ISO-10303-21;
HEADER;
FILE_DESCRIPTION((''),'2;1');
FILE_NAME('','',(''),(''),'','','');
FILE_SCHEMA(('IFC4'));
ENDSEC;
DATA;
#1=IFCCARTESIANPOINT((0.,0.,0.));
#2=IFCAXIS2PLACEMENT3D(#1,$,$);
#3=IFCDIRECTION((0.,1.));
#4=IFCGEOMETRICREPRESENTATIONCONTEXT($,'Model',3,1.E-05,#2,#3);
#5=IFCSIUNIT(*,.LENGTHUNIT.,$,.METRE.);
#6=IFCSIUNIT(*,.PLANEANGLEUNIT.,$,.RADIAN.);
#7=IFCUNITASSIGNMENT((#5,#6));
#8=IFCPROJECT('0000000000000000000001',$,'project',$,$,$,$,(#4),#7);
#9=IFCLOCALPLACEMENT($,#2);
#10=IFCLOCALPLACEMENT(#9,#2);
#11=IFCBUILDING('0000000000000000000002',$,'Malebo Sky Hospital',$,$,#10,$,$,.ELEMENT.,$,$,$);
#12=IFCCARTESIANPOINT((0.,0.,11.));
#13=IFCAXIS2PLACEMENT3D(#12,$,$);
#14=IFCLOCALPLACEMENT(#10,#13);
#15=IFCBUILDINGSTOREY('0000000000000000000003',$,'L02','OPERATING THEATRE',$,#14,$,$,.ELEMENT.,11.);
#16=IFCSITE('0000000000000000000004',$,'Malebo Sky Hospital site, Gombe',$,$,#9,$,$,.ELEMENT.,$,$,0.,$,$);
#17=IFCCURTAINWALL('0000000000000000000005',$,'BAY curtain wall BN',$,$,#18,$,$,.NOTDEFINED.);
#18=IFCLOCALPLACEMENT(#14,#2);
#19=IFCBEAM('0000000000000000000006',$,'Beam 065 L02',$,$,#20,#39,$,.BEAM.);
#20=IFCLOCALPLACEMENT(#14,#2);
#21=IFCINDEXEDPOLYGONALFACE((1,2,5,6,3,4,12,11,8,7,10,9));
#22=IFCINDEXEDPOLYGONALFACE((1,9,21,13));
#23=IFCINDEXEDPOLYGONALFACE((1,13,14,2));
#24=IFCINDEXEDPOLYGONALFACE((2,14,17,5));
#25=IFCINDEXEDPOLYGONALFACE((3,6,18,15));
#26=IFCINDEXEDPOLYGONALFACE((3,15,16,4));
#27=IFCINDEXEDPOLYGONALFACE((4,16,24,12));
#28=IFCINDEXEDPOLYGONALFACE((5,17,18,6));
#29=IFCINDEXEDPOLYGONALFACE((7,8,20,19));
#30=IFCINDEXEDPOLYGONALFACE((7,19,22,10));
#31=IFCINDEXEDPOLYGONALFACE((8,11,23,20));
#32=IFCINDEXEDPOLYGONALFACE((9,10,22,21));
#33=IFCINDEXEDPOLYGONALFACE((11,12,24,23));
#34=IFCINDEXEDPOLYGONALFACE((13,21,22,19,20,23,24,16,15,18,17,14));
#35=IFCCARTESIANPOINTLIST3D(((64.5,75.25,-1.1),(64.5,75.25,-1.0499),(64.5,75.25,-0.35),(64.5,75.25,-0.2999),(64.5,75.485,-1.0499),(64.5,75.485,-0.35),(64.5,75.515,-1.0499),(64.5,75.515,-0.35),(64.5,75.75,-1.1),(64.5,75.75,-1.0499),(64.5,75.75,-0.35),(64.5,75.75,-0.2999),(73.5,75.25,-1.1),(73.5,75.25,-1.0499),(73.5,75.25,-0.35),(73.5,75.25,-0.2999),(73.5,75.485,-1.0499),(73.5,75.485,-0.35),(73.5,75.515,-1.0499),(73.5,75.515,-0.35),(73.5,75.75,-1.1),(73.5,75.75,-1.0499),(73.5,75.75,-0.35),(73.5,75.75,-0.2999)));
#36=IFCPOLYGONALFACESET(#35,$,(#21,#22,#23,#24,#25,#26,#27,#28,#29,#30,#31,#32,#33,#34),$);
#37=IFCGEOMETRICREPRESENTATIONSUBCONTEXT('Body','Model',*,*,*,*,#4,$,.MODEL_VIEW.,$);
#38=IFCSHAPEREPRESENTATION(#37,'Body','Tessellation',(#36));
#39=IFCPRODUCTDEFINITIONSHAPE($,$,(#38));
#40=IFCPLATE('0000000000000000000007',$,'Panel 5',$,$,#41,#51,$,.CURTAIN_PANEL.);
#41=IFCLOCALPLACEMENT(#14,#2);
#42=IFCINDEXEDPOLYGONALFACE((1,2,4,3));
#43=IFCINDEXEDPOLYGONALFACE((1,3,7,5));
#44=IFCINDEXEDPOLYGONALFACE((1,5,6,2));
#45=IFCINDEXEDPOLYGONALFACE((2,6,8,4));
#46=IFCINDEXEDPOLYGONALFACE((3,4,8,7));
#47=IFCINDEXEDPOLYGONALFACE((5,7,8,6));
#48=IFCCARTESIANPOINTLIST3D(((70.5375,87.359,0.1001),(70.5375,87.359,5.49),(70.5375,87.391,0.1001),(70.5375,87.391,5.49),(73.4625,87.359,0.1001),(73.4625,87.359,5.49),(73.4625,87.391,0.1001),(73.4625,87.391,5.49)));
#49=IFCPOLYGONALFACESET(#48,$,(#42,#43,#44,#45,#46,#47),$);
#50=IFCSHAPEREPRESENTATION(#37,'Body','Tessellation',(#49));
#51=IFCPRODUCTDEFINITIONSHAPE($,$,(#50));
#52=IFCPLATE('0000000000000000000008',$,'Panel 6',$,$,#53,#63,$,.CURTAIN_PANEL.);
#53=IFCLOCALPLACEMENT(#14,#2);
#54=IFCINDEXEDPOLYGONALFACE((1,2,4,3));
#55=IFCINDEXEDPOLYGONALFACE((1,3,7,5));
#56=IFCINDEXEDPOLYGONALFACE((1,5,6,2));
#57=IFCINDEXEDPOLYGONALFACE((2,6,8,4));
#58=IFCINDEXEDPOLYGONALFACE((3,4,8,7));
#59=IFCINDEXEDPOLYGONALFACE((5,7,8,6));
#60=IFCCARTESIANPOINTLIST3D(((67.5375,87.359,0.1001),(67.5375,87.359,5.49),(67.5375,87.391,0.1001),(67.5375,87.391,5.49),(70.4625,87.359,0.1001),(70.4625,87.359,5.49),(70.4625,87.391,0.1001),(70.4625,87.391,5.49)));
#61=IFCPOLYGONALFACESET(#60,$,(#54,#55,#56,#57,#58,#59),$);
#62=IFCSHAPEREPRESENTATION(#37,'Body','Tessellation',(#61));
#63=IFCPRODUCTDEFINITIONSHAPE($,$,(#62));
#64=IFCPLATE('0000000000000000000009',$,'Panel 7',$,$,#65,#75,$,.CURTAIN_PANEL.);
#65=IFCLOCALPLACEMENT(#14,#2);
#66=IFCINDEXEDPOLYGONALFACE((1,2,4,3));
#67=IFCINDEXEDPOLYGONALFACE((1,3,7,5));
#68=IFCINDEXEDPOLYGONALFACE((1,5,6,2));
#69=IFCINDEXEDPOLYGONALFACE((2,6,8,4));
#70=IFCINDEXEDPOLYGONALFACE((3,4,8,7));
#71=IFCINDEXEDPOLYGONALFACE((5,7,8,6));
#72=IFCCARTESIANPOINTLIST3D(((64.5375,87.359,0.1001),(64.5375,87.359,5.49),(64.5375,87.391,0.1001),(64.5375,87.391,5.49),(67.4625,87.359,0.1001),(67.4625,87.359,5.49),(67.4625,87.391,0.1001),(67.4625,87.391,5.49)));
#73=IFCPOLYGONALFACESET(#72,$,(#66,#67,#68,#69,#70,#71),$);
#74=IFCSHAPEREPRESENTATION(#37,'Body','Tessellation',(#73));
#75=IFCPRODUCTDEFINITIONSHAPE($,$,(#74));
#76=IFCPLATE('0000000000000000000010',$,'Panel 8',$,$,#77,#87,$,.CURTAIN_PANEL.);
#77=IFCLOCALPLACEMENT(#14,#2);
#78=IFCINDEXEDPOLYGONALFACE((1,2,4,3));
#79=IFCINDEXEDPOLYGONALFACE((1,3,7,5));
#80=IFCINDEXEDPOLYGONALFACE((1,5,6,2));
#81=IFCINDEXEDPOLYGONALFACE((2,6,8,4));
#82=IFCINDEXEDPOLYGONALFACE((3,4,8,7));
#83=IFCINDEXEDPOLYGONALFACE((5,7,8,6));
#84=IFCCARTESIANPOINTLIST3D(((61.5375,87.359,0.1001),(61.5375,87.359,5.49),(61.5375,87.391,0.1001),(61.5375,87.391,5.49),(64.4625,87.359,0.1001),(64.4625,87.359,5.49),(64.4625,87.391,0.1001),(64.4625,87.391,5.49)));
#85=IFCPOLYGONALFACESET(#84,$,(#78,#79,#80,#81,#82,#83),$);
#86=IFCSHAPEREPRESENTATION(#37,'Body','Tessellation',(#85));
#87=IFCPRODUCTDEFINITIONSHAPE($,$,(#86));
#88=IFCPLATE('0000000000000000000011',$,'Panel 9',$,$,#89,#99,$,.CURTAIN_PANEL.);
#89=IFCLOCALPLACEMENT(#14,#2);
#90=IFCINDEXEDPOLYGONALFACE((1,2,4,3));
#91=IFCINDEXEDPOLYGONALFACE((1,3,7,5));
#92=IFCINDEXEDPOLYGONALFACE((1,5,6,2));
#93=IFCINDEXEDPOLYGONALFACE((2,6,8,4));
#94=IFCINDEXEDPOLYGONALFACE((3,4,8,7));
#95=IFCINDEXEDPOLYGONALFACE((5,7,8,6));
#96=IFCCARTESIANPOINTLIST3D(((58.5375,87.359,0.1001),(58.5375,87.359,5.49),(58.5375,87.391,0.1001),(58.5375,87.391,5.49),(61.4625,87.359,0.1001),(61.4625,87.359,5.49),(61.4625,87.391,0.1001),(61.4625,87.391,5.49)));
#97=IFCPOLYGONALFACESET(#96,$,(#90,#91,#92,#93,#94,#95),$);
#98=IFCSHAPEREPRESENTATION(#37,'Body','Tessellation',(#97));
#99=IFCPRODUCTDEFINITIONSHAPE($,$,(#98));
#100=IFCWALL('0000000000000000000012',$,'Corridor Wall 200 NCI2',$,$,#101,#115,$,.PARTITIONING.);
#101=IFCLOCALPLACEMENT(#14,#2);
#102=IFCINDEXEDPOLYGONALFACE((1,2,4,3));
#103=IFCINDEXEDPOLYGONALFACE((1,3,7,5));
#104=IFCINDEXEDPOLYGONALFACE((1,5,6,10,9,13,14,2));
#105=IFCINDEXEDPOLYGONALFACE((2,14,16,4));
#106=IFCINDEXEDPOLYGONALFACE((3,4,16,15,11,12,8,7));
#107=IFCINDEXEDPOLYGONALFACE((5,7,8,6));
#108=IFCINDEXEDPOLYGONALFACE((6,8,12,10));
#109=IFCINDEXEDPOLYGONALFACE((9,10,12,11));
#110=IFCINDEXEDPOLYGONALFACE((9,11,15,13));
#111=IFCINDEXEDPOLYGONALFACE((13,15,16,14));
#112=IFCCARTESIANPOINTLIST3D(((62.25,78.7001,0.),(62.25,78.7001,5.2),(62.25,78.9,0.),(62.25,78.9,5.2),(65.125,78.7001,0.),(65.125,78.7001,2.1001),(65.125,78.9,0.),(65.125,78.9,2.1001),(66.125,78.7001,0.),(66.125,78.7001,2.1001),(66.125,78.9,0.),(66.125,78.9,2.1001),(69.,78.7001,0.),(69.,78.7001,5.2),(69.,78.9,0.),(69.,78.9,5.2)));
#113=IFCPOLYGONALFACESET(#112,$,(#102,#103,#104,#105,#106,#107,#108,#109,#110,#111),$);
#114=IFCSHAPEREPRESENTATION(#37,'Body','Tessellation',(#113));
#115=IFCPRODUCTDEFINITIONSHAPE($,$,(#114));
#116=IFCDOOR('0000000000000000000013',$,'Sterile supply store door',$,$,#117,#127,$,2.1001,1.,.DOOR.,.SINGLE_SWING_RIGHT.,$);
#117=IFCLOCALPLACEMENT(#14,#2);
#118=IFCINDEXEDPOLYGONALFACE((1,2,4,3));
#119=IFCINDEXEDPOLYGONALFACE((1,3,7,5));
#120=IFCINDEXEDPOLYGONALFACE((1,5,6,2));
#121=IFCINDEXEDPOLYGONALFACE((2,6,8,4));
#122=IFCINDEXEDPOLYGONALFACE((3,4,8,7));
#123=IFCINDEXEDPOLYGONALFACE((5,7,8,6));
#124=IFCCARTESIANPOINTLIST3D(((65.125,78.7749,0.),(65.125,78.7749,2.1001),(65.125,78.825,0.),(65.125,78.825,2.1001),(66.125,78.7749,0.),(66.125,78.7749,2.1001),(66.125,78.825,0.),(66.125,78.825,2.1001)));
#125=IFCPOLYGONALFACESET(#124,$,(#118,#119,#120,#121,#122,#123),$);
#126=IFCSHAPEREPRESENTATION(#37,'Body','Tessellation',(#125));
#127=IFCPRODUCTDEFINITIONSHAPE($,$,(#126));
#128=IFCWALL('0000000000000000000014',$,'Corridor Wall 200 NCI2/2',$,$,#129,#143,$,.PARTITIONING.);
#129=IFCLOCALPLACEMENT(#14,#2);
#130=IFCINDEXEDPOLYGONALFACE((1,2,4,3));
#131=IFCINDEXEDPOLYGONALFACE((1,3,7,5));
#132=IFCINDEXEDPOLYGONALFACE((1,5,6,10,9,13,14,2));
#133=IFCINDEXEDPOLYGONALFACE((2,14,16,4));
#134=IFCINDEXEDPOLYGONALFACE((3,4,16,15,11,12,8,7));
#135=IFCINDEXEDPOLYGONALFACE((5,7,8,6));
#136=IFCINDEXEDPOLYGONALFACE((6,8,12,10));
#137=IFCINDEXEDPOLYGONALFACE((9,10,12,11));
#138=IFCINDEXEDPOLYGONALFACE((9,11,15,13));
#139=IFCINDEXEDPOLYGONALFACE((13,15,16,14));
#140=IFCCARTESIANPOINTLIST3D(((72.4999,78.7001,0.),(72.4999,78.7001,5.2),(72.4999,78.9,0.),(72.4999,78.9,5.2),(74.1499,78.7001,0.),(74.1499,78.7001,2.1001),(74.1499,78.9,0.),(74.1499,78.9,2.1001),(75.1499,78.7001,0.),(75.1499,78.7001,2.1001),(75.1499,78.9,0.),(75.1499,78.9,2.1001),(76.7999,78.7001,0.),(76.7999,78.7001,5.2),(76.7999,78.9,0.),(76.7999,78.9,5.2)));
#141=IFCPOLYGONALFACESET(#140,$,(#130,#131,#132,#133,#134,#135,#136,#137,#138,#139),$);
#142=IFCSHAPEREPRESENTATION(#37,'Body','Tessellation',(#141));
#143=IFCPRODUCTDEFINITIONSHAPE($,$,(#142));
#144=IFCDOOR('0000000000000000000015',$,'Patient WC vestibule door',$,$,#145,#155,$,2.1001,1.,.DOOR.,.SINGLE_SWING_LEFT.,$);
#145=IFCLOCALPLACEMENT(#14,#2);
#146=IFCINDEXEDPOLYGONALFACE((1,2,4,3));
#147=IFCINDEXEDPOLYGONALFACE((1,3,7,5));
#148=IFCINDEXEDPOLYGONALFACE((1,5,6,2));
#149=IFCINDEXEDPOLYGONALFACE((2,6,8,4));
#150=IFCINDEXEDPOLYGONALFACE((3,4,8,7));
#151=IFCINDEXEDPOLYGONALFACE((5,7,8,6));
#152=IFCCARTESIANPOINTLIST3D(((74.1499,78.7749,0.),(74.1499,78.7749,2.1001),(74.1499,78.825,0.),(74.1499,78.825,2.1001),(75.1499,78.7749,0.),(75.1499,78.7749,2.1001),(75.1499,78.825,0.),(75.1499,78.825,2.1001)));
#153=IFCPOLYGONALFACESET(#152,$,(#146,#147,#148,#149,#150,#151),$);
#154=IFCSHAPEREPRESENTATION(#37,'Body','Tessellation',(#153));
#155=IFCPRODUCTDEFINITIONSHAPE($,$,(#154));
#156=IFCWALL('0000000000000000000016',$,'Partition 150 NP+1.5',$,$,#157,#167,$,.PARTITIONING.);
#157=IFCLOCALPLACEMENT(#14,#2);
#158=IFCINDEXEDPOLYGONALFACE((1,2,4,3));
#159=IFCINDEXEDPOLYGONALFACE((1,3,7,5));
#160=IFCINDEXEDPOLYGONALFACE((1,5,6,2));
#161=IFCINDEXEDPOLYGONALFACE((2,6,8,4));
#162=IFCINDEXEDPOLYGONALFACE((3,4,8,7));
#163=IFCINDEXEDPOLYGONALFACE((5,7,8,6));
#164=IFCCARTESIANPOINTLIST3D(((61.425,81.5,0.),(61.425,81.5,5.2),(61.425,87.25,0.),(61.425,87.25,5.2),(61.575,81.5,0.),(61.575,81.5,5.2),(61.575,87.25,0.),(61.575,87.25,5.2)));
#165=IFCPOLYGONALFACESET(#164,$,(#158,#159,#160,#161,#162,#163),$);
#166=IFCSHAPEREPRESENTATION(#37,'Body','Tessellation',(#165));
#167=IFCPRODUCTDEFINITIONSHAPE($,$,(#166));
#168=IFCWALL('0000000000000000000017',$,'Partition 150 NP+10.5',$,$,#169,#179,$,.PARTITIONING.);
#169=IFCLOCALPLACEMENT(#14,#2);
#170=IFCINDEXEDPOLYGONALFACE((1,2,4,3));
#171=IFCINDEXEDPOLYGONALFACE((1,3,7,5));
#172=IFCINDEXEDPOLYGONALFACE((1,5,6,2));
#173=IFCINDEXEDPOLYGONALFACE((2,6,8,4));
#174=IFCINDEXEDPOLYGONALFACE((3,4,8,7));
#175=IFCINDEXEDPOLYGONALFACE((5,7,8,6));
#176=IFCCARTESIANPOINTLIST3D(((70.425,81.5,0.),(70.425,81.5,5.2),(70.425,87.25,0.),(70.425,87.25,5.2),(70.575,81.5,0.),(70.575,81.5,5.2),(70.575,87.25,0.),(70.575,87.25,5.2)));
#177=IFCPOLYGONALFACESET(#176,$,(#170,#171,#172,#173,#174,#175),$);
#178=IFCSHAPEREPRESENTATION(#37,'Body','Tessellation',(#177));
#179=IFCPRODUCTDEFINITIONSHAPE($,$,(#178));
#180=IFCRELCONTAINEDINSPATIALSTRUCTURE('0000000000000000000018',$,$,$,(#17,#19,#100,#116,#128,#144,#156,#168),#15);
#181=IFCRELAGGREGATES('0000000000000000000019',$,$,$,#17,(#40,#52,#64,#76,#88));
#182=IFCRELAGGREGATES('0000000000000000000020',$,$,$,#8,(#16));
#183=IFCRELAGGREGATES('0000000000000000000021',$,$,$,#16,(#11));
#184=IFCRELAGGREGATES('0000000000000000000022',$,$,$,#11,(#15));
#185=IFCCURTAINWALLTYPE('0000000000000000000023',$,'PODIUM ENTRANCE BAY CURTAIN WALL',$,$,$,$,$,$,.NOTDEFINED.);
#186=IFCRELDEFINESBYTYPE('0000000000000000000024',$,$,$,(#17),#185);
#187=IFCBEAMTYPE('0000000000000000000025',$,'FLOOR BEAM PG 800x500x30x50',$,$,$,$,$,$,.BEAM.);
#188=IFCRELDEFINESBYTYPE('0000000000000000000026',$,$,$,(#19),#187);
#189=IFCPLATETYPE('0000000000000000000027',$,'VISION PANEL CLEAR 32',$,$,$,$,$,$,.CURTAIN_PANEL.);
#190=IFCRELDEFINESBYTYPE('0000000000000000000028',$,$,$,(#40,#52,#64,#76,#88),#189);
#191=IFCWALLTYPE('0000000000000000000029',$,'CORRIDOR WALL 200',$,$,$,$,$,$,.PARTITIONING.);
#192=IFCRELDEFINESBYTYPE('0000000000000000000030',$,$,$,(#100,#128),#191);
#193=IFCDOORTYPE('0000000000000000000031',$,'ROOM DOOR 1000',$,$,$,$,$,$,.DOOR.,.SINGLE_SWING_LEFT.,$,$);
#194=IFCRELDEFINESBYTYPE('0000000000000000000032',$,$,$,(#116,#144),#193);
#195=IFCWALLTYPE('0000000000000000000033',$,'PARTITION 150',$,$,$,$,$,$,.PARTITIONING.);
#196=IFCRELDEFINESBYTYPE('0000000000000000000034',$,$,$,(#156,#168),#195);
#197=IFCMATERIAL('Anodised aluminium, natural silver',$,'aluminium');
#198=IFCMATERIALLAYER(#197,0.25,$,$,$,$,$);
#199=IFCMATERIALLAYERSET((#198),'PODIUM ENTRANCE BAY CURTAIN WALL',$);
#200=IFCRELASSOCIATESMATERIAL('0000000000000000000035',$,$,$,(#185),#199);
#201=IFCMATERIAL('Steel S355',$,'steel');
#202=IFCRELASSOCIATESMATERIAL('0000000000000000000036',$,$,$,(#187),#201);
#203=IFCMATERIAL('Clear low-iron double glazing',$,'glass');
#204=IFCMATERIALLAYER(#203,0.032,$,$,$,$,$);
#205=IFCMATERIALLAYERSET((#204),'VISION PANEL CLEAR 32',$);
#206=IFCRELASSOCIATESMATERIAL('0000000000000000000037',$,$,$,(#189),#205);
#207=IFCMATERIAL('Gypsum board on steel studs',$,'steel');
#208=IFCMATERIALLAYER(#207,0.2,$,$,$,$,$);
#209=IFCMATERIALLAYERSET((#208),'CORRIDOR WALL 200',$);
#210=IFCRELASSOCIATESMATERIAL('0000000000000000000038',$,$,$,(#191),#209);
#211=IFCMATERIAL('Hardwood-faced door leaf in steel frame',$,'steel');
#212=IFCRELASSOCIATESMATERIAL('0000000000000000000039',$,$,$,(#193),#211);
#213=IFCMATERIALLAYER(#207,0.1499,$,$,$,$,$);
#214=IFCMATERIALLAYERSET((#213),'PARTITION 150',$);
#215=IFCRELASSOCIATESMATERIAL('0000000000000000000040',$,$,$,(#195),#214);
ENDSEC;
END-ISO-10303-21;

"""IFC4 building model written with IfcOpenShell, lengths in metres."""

from ifc_helpers import new_model, si_unit, direction, frame, frame_2d, origin, origin_2d, place, context, subcontext, project, spatial, rectangle, i_section, extrude, material, layer, layer_set, material_profile, profile_set, type_object, element, fill, aggregate, save


model = new_model("IFC4")

# Units and contexts
model_context = context("Model", 3, precision=1e-05, world=origin(), true_north=direction((0.0, 1.0)))
body_context = subcontext(model_context, "Body", "Model", "MODEL_VIEW")
ifc_project = project(units=[si_unit("LENGTHUNIT", "METRE"), si_unit("PLANEANGLEUNIT", "RADIAN")], contexts=[model_context])

# Site, building, storey
site_placement = place(None, origin())
site = spatial("IfcSite", under=ifc_project, at=site_placement, Name="Malebo Sky Hospital site, Gombe", CompositionType="ELEMENT", RefElevation=0.0)
building_placement = place(site_placement, origin())
building = spatial("IfcBuilding", under=site, at=building_placement, Name="Malebo Sky Hospital", CompositionType="ELEMENT")
storey_placement = place(building_placement, frame((0.0, 0.0, 11.0)))
storey = spatial("IfcBuildingStorey", under=building, at=storey_placement, Name="L02", Description="OPERATING THEATRE", CompositionType="ELEMENT", Elevation=11.0)

# Curtain wall
ifc_material_1 = material(Name="Anodised aluminium, natural silver", Category="aluminium")
ifc_layer_1 = layer(ifc_material_1, 0.25)
ifc_layer_set_1 = layer_set([ifc_layer_1], Name="PODIUM ENTRANCE BAY CURTAIN WALL")
curtain_wall_type = type_object("IfcCurtainWallType", Name="PODIUM ENTRANCE BAY CURTAIN WALL", PredefinedType="NOTDEFINED", material=ifc_layer_set_1)
curtain_wall_placement = place(storey_placement, origin())
curtain_wall = element("IfcCurtainWall", 1, at=curtain_wall_placement, inside=storey, type_object=curtain_wall_type, Name="BAY curtain wall BN", PredefinedType="NOTDEFINED")

# Beam
ifc_material_2 = material(Name="Steel S355", Category="steel")
ifc_material_profile_1 = material_profile(ifc_material_2, i_section(OverallWidth=0.5, OverallDepth=0.8, WebThickness=0.03, FlangeThickness=0.05, at=origin_2d()), Name="PG 800x500x30x50")
ifc_profile_set_1 = profile_set([ifc_material_profile_1], Name="Steel S355")
beam_type_1 = type_object("IfcBeamType", Name="FLOOR BEAM PG 800x500x30x50", PredefinedType="BEAM", material=ifc_profile_set_1)
beam_1_placement = place(storey_placement, frame((64.5, 75.5, -0.7), z_axis=(1.0, 0.0, 0.0), x_axis=(0.0, 1.0, 0.0)))
element("IfcBeam", 2, at=beam_1_placement, inside=storey, type_object=beam_type_1, Name="Beam 065 L02", PredefinedType="BEAM", context=body_context, shape_type="SweptSolid", body=[
    extrude(i_section(OverallWidth=0.5, OverallDepth=0.8, WebThickness=0.03, FlangeThickness=0.05, at=origin_2d()), origin(), (0.0, 0.0, 1.0), 9.0),
])

# Plates
ifc_material_3 = material(Name="Clear low-iron double glazing", Category="glass")
ifc_layer_2 = layer(ifc_material_3, 0.032)
ifc_layer_set_2 = layer_set([ifc_layer_2], Name="VISION PANEL CLEAR 32")
plate_type = type_object("IfcPlateType", Name="VISION PANEL CLEAR 32", PredefinedType="CURTAIN_PANEL", material=ifc_layer_set_2)
plate_1_placement = place(storey_placement, frame((72.0, 87.375, 0.1001), z_axis=(0.0, 0.0, 1.0), x_axis=(-1.0, 0.0, 0.0)))
plate_1 = element("IfcPlate", 3, at=plate_1_placement, type_object=plate_type, Name="Panel 5", PredefinedType="CURTAIN_PANEL", context=body_context, shape_type="SweptSolid", body=[
    extrude(rectangle(XDim=2.925, YDim=0.032, at=origin_2d()), origin(), (0.0, 0.0, 1.0), 5.3899),
])
plate_2_placement = place(storey_placement, frame((69.0, 87.375, 0.1001), z_axis=(0.0, 0.0, 1.0), x_axis=(-1.0, 0.0, 0.0)))
plate_2 = element("IfcPlate", 4, at=plate_2_placement, type_object=plate_type, Name="Panel 6", PredefinedType="CURTAIN_PANEL", context=body_context, shape_type="SweptSolid", body=[
    extrude(rectangle(XDim=2.925, YDim=0.032, at=origin_2d()), origin(), (0.0, 0.0, 1.0), 5.3899),
])
plate_3_placement = place(storey_placement, frame((66.0, 87.375, 0.1001), z_axis=(0.0, 0.0, 1.0), x_axis=(-1.0, 0.0, 0.0)))
plate_3 = element("IfcPlate", 5, at=plate_3_placement, type_object=plate_type, Name="Panel 7", PredefinedType="CURTAIN_PANEL", context=body_context, shape_type="SweptSolid", body=[
    extrude(rectangle(XDim=2.925, YDim=0.032, at=origin_2d()), origin(), (0.0, 0.0, 1.0), 5.3899),
])
plate_4_placement = place(storey_placement, frame((63.0, 87.375, 0.1001), z_axis=(0.0, 0.0, 1.0), x_axis=(-1.0, 0.0, 0.0)))
plate_4 = element("IfcPlate", 6, at=plate_4_placement, type_object=plate_type, Name="Panel 8", PredefinedType="CURTAIN_PANEL", context=body_context, shape_type="SweptSolid", body=[
    extrude(rectangle(XDim=2.925, YDim=0.032, at=origin_2d()), origin(), (0.0, 0.0, 1.0), 5.3899),
])
plate_5_placement = place(storey_placement, frame((60.0, 87.375, 0.1001), z_axis=(0.0, 0.0, 1.0), x_axis=(-1.0, 0.0, 0.0)))
plate_5 = element("IfcPlate", 7, at=plate_5_placement, type_object=plate_type, Name="Panel 9", PredefinedType="CURTAIN_PANEL", context=body_context, shape_type="SweptSolid", body=[
    extrude(rectangle(XDim=2.925, YDim=0.032, at=origin_2d()), origin(), (0.0, 0.0, 1.0), 5.3899),
])
aggregate(curtain_wall, [plate_1, plate_2, plate_3, plate_4, plate_5])

# Walls, openings, doors
ifc_material_4 = material(Name="Gypsum board on steel studs", Category="steel")
ifc_layer_3 = layer(ifc_material_4, 0.2)
ifc_layer_set_3 = layer_set([ifc_layer_3], Name="CORRIDOR WALL 200")
wall_type_1 = type_object("IfcWallType", Name="CORRIDOR WALL 200", PredefinedType="PARTITIONING", material=ifc_layer_set_3)
wall_1_placement = place(storey_placement, frame((62.25, 78.8, 0.0), z_axis=(0.0, 0.0, 1.0), x_axis=(1.0, 0.0, 0.0)))
wall_1 = element("IfcWall", 8, at=wall_1_placement, inside=storey, type_object=wall_type_1, Name="Corridor Wall 200 NCI2", PredefinedType="PARTITIONING", context=body_context, shape_type="SweptSolid", body=[
    extrude(rectangle(XDim=6.75, YDim=0.2, at=frame_2d((3.375, 0.0))), origin(), (0.0, 0.0, 1.0), 5.2),
])
opening_1_placement = place(wall_1_placement, frame((2.875, 0.0, 0.0)))
opening_1 = element("IfcOpeningElement", 9, at=opening_1_placement, cuts=wall_1, PredefinedType="OPENING", context=body_context, shape_type="SweptSolid", body=[
    extrude(rectangle(XDim=1.0, YDim=2.1001, at=frame_2d((0.5, 1.05))), frame((0.0, 0.1099, 0.0), z_axis=(0.0, -1.0, 0.0), x_axis=(1.0, 0.0, 0.0)), (0.0, 0.0, 1.0), 0.22),
])
ifc_material_5 = material(Name="Hardwood-faced door leaf in steel frame", Category="steel")
door_type = type_object("IfcDoorType", Name="ROOM DOOR 1000", OperationType="SINGLE_SWING_LEFT", PredefinedType="DOOR", material=ifc_material_5)
door_1_placement = place(opening_1_placement, origin())
door_1 = element("IfcDoor", 10, at=door_1_placement, inside=storey, type_object=door_type, Name="Sterile supply store door", OperationType="SINGLE_SWING_RIGHT", OverallHeight=2.1001, OverallWidth=1.0, PredefinedType="DOOR", context=body_context, shape_type="SweptSolid", body=[
    extrude(rectangle(XDim=1.0, YDim=2.1001, at=frame_2d((0.5, 1.05))), frame((0.0, 0.0249, 0.0), z_axis=(0.0, -1.0, 0.0), x_axis=(1.0, 0.0, 0.0)), (0.0, 0.0, 1.0), 0.05),
])
fill(opening_1, door_1)
wall_2_placement = place(storey_placement, frame((72.5, 78.8, 0.0), z_axis=(0.0, 0.0, 1.0), x_axis=(1.0, 0.0, 0.0)))
wall_2 = element("IfcWall", 11, at=wall_2_placement, inside=storey, type_object=wall_type_1, Name="Corridor Wall 200 NCI2/2", PredefinedType="PARTITIONING", context=body_context, shape_type="SweptSolid", body=[
    extrude(rectangle(XDim=4.3, YDim=0.2, at=frame_2d((2.1499, 0.0))), origin(), (0.0, 0.0, 1.0), 5.2),
])
opening_2_placement = place(wall_2_placement, frame((1.6499, 0.0, 0.0)))
opening_2 = element("IfcOpeningElement", 12, at=opening_2_placement, cuts=wall_2, PredefinedType="OPENING", context=body_context, shape_type="SweptSolid", body=[
    extrude(rectangle(XDim=1.0, YDim=2.1001, at=frame_2d((0.5, 1.05))), frame((0.0, 0.1099, 0.0), z_axis=(0.0, -1.0, 0.0), x_axis=(1.0, 0.0, 0.0)), (0.0, 0.0, 1.0), 0.22),
])
door_2_placement = place(opening_2_placement, origin())
door_2 = element("IfcDoor", 13, at=door_2_placement, inside=storey, type_object=door_type, Name="Patient WC vestibule door", OperationType="SINGLE_SWING_LEFT", OverallHeight=2.1001, OverallWidth=1.0, PredefinedType="DOOR", context=body_context, shape_type="SweptSolid", body=[
    extrude(rectangle(XDim=1.0, YDim=2.1001, at=frame_2d((0.5, 1.05))), frame((0.0, 0.0249, 0.0), z_axis=(0.0, -1.0, 0.0), x_axis=(1.0, 0.0, 0.0)), (0.0, 0.0, 1.0), 0.05),
])
fill(opening_2, door_2)

# Walls
ifc_layer_4 = layer(ifc_material_4, 0.1499)
ifc_layer_set_4 = layer_set([ifc_layer_4], Name="PARTITION 150")
wall_type_2 = type_object("IfcWallType", Name="PARTITION 150", PredefinedType="PARTITIONING", material=ifc_layer_set_4)
for number, where, z_axis, x_axis, name in (
    (14, (61.5, 81.5, 0.0), (0.0, 0.0, 1.0), (0.0, 1.0, 0.0), "Partition 150 NP+1.5"),
    (15, (70.5, 81.5, 0.0), (0.0, 0.0, 1.0), (0.0, 1.0, 0.0), "Partition 150 NP+10.5"),
):
    element("IfcWall", number, at=place(storey_placement, frame(where, z_axis=z_axis, x_axis=x_axis)), inside=storey, type_object=wall_type_2, Name=name, PredefinedType="PARTITIONING", context=body_context, shape_type="SweptSolid", body=[
        extrude(rectangle(XDim=5.75, YDim=0.1499, at=frame_2d((2.875, 0.0))), origin(), (0.0, 0.0, 1.0), 5.2),
    ])

save(model, "model.ifc")
